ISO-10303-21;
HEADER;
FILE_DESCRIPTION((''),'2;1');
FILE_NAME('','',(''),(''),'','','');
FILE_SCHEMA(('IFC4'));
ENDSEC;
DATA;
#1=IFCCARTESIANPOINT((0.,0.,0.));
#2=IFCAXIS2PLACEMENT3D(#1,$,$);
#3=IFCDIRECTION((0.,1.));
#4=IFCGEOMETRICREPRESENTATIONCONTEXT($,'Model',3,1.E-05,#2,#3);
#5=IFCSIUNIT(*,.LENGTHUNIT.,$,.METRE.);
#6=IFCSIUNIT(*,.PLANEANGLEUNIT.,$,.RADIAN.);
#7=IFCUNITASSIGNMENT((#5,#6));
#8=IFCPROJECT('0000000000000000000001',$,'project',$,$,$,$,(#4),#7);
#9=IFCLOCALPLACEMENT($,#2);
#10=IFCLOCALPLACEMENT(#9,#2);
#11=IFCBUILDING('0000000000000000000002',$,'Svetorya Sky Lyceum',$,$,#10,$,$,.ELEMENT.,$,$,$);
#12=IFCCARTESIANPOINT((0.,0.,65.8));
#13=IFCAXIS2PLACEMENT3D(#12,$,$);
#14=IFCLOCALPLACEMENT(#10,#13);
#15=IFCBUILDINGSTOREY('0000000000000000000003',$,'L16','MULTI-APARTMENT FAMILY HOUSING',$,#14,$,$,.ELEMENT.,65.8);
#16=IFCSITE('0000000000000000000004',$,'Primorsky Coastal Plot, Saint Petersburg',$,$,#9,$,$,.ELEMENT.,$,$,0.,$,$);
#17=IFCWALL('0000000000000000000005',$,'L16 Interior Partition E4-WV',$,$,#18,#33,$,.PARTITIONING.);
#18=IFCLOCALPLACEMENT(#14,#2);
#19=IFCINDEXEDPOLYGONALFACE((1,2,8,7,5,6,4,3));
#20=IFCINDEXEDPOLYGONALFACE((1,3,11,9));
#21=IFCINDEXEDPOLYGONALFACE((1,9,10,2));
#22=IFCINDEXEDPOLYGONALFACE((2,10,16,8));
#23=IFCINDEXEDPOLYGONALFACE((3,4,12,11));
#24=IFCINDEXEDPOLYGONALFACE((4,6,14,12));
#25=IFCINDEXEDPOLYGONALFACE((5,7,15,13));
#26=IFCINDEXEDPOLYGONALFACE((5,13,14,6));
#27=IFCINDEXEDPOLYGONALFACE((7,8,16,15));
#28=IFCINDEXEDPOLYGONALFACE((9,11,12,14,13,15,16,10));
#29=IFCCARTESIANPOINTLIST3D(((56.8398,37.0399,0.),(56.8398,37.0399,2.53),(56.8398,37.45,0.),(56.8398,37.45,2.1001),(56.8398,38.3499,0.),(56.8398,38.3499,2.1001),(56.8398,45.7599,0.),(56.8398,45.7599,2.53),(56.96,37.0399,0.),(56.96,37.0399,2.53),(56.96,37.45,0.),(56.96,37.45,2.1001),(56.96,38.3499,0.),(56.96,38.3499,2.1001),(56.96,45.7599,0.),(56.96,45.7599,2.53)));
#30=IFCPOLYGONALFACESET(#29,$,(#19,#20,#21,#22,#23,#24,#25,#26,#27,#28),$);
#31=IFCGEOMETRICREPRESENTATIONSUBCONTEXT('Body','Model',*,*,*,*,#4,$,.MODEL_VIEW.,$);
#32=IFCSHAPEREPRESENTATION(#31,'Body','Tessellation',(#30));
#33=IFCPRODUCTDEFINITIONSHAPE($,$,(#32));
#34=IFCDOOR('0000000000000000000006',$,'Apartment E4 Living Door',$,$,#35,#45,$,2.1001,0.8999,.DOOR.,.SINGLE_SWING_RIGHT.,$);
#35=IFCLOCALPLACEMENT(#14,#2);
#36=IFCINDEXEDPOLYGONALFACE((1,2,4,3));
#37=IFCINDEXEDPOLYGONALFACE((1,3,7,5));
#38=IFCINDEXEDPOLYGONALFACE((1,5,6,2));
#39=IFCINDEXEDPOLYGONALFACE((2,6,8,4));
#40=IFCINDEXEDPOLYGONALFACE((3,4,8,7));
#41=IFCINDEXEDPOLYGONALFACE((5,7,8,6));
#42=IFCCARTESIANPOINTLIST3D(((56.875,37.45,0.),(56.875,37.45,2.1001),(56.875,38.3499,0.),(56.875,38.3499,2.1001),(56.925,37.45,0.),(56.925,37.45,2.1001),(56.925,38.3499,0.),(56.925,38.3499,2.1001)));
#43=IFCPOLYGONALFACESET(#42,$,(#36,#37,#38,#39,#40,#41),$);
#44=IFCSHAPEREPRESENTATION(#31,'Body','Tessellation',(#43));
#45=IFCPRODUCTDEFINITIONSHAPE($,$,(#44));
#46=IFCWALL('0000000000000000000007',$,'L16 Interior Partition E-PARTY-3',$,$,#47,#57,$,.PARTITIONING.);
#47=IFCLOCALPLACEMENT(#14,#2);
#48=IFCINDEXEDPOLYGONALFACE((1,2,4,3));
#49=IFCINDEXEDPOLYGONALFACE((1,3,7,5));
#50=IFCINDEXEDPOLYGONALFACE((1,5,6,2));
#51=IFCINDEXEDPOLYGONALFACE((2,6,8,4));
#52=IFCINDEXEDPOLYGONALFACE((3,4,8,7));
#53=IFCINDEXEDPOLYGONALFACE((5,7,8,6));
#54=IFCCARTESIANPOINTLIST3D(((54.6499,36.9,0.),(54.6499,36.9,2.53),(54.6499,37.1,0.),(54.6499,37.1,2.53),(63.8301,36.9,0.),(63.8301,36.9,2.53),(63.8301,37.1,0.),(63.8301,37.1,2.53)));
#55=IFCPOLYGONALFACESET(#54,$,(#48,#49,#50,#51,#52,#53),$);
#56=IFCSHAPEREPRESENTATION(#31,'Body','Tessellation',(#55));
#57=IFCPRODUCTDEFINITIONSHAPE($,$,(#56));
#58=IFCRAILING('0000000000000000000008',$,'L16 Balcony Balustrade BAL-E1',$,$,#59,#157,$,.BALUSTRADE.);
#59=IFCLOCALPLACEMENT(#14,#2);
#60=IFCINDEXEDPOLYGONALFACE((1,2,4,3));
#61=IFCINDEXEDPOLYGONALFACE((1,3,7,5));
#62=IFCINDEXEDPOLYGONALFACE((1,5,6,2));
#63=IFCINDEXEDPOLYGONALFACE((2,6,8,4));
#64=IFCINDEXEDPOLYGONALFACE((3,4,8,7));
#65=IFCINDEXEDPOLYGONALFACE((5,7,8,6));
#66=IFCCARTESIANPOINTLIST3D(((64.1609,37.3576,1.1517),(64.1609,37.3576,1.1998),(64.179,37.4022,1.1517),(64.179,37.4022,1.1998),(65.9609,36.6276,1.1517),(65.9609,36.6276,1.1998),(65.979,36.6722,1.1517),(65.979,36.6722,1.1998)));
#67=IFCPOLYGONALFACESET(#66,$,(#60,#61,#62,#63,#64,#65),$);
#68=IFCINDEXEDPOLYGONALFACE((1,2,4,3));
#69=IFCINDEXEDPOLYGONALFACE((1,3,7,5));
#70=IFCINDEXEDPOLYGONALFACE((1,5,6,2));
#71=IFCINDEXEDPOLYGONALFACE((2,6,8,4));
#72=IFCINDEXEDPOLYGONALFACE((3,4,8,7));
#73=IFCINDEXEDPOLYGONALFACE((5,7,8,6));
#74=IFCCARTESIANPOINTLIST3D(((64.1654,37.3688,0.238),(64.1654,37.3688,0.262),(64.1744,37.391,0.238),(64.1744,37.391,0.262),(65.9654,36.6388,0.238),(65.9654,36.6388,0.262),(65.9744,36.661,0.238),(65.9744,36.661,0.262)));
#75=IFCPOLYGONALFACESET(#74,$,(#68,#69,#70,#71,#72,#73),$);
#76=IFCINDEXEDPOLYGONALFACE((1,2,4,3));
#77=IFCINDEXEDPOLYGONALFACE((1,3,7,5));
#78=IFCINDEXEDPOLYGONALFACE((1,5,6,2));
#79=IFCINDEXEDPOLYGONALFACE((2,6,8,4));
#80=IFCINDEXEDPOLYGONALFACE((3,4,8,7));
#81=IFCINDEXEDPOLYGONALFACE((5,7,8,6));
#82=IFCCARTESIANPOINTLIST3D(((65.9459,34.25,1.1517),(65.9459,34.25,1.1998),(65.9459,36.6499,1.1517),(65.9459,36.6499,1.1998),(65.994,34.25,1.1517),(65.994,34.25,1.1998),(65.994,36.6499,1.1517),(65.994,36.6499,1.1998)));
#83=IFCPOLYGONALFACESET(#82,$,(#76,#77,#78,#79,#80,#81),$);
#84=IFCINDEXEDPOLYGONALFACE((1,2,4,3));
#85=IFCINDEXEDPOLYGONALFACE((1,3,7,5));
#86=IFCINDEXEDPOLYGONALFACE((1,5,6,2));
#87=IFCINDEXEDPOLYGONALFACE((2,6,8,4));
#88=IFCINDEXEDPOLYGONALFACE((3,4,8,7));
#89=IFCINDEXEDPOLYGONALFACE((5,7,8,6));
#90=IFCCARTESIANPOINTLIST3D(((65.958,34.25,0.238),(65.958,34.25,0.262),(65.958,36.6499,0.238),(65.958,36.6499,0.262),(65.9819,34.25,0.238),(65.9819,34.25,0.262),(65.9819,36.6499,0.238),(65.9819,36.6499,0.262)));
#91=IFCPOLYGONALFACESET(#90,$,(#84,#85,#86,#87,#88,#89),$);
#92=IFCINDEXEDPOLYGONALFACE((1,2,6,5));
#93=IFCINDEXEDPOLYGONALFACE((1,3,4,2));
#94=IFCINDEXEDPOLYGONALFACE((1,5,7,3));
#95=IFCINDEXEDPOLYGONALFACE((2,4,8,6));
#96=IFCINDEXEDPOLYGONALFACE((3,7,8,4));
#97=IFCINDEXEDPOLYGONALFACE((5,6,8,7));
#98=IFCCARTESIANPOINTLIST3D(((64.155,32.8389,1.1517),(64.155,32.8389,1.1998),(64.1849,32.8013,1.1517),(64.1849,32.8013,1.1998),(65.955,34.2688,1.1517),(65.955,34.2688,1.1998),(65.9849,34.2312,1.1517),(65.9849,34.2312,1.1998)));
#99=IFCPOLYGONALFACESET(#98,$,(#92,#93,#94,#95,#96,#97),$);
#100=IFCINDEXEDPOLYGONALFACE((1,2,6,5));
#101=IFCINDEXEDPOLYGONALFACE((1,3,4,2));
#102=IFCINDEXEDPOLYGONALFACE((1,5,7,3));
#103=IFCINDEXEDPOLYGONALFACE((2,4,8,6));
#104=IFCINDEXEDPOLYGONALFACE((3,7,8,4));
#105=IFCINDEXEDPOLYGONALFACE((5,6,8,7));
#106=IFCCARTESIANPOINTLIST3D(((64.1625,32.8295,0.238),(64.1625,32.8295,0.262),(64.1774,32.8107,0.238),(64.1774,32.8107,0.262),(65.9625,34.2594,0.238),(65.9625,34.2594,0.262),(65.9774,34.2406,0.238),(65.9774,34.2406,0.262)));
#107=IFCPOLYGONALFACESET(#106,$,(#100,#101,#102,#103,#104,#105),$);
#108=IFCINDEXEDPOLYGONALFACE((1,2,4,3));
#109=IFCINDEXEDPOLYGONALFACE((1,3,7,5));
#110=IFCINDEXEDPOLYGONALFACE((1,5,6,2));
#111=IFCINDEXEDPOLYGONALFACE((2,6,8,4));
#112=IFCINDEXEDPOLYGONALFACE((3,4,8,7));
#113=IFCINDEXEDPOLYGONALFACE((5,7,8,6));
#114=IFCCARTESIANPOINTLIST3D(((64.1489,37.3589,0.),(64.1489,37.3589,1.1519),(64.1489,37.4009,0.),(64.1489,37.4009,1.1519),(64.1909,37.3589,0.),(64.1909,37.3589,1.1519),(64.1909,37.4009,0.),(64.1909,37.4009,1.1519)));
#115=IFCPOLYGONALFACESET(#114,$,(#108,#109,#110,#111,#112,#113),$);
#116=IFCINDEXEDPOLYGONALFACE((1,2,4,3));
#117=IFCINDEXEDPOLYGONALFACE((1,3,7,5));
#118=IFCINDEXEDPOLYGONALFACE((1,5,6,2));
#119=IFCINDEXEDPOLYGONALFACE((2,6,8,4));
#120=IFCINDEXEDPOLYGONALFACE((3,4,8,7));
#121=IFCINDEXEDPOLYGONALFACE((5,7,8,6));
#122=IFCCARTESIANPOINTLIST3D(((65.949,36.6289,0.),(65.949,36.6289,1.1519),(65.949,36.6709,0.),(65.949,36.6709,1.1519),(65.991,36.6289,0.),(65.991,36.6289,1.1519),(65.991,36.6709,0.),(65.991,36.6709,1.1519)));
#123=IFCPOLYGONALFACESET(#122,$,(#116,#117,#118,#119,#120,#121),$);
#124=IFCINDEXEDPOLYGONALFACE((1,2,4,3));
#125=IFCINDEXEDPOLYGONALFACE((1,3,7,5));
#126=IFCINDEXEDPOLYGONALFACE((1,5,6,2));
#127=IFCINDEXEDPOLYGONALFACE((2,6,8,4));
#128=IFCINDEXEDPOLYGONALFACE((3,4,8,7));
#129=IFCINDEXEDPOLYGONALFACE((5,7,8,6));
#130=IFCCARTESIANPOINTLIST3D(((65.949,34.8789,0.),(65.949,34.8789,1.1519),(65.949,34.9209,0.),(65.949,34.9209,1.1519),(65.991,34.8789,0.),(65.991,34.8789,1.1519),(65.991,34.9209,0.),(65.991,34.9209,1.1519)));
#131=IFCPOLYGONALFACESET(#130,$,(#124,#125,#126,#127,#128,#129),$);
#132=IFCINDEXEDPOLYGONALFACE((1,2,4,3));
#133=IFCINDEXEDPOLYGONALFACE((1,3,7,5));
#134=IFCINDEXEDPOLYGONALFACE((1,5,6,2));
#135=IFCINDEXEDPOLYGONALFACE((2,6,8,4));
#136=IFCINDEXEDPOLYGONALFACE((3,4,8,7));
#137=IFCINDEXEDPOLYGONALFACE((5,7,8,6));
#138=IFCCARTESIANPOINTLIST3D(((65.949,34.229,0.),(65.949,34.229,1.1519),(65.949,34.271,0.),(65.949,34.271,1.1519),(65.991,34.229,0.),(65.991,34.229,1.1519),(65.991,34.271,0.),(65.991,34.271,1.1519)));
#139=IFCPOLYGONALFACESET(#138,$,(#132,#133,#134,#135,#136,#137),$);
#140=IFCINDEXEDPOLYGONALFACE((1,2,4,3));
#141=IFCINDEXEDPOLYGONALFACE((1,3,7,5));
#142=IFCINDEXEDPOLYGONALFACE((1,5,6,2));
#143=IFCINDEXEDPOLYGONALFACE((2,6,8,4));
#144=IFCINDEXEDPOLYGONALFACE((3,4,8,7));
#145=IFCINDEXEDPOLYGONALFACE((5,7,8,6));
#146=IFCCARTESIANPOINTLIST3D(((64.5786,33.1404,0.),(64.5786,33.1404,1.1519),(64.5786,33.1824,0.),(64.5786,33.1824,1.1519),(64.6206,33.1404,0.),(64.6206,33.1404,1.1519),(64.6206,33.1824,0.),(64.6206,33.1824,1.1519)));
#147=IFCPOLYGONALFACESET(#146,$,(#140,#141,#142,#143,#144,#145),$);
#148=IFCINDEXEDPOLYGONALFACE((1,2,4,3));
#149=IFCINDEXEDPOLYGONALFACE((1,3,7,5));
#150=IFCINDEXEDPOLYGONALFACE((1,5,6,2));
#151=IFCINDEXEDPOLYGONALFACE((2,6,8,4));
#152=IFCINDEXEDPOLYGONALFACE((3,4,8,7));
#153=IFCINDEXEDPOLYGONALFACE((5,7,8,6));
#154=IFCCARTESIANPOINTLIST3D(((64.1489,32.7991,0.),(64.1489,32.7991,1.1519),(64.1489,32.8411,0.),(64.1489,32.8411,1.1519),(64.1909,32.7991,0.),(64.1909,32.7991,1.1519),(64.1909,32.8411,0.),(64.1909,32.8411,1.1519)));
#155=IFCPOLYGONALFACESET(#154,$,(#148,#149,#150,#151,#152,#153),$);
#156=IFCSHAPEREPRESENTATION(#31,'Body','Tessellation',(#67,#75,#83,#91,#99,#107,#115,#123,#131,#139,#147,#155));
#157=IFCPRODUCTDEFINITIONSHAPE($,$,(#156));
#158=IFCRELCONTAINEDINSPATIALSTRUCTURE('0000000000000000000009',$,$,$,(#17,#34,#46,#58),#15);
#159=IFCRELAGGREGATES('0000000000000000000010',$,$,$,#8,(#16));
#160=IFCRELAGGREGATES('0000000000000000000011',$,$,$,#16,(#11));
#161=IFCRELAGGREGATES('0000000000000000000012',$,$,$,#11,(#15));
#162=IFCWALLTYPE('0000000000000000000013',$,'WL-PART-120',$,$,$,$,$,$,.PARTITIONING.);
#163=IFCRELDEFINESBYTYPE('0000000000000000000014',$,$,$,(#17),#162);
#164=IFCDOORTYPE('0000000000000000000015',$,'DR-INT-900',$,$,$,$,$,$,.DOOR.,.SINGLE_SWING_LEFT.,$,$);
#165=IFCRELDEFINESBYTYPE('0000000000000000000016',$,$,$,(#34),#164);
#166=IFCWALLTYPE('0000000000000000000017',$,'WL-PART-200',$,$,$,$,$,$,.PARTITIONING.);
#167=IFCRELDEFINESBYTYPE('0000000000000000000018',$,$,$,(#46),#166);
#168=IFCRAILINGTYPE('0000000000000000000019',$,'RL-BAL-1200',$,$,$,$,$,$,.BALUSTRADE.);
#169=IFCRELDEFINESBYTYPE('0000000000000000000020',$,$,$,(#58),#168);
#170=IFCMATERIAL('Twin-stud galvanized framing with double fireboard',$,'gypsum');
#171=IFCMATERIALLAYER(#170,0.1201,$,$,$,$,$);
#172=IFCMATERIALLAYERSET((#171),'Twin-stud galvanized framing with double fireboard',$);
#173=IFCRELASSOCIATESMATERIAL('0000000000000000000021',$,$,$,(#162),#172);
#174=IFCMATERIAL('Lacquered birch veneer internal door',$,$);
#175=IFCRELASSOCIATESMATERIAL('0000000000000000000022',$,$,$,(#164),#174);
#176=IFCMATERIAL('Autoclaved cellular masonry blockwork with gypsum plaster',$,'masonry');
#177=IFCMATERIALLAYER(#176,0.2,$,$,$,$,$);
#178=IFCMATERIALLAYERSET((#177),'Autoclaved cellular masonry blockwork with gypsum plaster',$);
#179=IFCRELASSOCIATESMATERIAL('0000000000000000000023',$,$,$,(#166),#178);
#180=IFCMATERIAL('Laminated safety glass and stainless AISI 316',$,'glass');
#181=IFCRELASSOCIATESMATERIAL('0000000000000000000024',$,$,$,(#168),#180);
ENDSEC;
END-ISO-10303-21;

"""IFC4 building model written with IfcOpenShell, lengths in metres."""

from ifc_helpers import new_model, si_unit, direction, frame, frame_2d, origin, origin_2d, place, context, subcontext, project, spatial, rectangle, extrude, material, layer, layer_set, type_object, element, fill, save


model = new_model("IFC4")

# Units and contexts
model_context = context("Model", 3, precision=1e-05, world=origin(), true_north=direction((0.0, 1.0)))
body_context = subcontext(model_context, "Body", "Model", "MODEL_VIEW")
ifc_project = project(units=[si_unit("LENGTHUNIT", "METRE"), si_unit("PLANEANGLEUNIT", "RADIAN")], contexts=[model_context])

# Site, building, storey
site_placement = place(None, origin())
site = spatial("IfcSite", under=ifc_project, at=site_placement, Name="Primorsky Coastal Plot, Saint Petersburg", CompositionType="ELEMENT", RefElevation=0.0)
building_placement = place(site_placement, origin())
building = spatial("IfcBuilding", under=site, at=building_placement, Name="Svetorya Sky Lyceum", CompositionType="ELEMENT")
storey_placement = place(building_placement, frame((0.0, 0.0, 65.8)))
storey = spatial("IfcBuildingStorey", under=building, at=storey_placement, Name="L16", Description="MULTI-APARTMENT FAMILY HOUSING", CompositionType="ELEMENT", Elevation=65.8)

# Wall, opening, door
ifc_material_1 = material(Name="Twin-stud galvanized framing with double fireboard", Category="gypsum")
ifc_layer_1 = layer(ifc_material_1, 0.1201)
ifc_layer_set_1 = layer_set([ifc_layer_1], Name="Twin-stud galvanized framing with double fireboard")
wall_type_1 = type_object("IfcWallType", Name="WL-PART-120", PredefinedType="PARTITIONING", material=ifc_layer_set_1)
ifc_material_2 = material(Name="Lacquered birch veneer internal door")
door_type_1 = type_object("IfcDoorType", Name="DR-INT-900", OperationType="SINGLE_SWING_LEFT", PredefinedType="DOOR", material=ifc_material_2)
wall_1_placement = place(storey_placement, frame((56.8999, 37.04, 0.0), z_axis=(0.0, 0.0, 1.0), x_axis=(0.0, 1.0, 0.0)))
wall_1 = element("IfcWall", 1, at=wall_1_placement, inside=storey, type_object=wall_type_1, Name="L16 Interior Partition E4-WV", PredefinedType="PARTITIONING", context=body_context, shape_type="SweptSolid", body=[
    extrude(rectangle(XDim=8.72, YDim=0.1201, at=frame_2d((4.3599, 0.0))), origin(), (0.0, 0.0, 1.0), 2.53),
])
opening_1_placement = place(wall_1_placement, frame((0.4099, 0.0, 0.0)))
opening_1 = element("IfcOpeningElement", 2, at=opening_1_placement, cuts=wall_1, PredefinedType="OPENING", context=body_context, shape_type="SweptSolid", body=[
    extrude(rectangle(XDim=0.8999, YDim=2.1001, at=frame_2d((0.45, 1.05))), frame((0.0, 0.0701, 0.0), z_axis=(0.0, -1.0, 0.0), x_axis=(1.0, 0.0, 0.0)), (0.0, 0.0, 1.0), 0.1401),
])
door_1_placement = place(opening_1_placement, origin())
door_1 = element("IfcDoor", 3, at=door_1_placement, inside=storey, type_object=door_type_1, Name="Apartment E4 Living Door", OperationType="SINGLE_SWING_RIGHT", OverallHeight=2.1001, OverallWidth=0.8999, PredefinedType="DOOR", context=body_context, shape_type="SweptSolid", body=[
    extrude(rectangle(XDim=0.8999, YDim=2.1001, at=frame_2d((0.45, 1.05))), frame((0.0, 0.0249, 0.0), z_axis=(0.0, -1.0, 0.0), x_axis=(1.0, 0.0, 0.0)), (0.0, 0.0, 1.0), 0.05),
])
fill(opening_1, door_1)

# Wall
ifc_material_3 = material(Name="Autoclaved cellular masonry blockwork with gypsum plaster", Category="masonry")
ifc_layer_2 = layer(ifc_material_3, 0.2)
ifc_layer_set_2 = layer_set([ifc_layer_2], Name="Autoclaved cellular masonry blockwork with gypsum plaster")
wall_type_2 = type_object("IfcWallType", Name="WL-PART-200", PredefinedType="PARTITIONING", material=ifc_layer_set_2)
wall_2_placement = place(storey_placement, frame((54.6499, 37.0, 0.0), z_axis=(0.0, 0.0, 1.0), x_axis=(1.0, 0.0, 0.0)))
element("IfcWall", 4, at=wall_2_placement, inside=storey, type_object=wall_type_2, Name="L16 Interior Partition E-PARTY-3", PredefinedType="PARTITIONING", context=body_context, shape_type="SweptSolid", body=[
    extrude(rectangle(XDim=9.1802, YDim=0.2, at=frame_2d((4.5901, 0.0))), origin(), (0.0, 0.0, 1.0), 2.53),
])

# Railing
ifc_material_4 = material(Name="Laminated safety glass and stainless AISI 316", Category="glass")
railing_type = type_object("IfcRailingType", Name="RL-BAL-1200", PredefinedType="BALUSTRADE", material=ifc_material_4)
railing_placement = place(storey_placement, frame((64.1699, 37.3799, 0.0)))
element("IfcRailing", 5, at=railing_placement, inside=storey, type_object=railing_type, Name="L16 Balcony Balustrade BAL-E1", PredefinedType="BALUSTRADE", context=body_context, shape_type="SweptSolid", body=[
    extrude(rectangle(XDim=0.0481, YDim=0.0481, at=origin_2d()), frame((0.0, 0.0, 1.1758), z_axis=(0.926698, -0.375807, 0.0), x_axis=(0.375807, 0.926698, 0.0)), (0.0, 0.0, 1.0), 1.9424),
    extrude(rectangle(XDim=0.0239, YDim=0.0239, at=origin_2d()), frame((0.0, 0.0, 0.25), z_axis=(0.926698, -0.375807, 0.0), x_axis=(0.375807, 0.926698, 0.0)), (0.0, 0.0, 1.0), 1.9424),
    extrude(rectangle(XDim=0.0481, YDim=0.0481, at=origin_2d()), frame((1.8, -0.73, 1.1758), z_axis=(0.0, -1.0, 0.0), x_axis=(1.0, 0.0, 0.0)), (0.0, 0.0, 1.0), 2.3999),
    extrude(rectangle(XDim=0.0239, YDim=0.0239, at=origin_2d()), frame((1.8, -0.73, 0.25), z_axis=(0.0, -1.0, 0.0), x_axis=(1.0, 0.0, 0.0)), (0.0, 0.0, 1.0), 2.3999),
    extrude(rectangle(XDim=0.0481, YDim=0.0481, at=origin_2d()), frame((1.8, -3.1299, 1.1758), z_axis=(-0.783009, -0.62201, 0.0), x_axis=(0.62201, -0.783009, 0.0)), (0.0, 0.0, 1.0), 2.2988),
    extrude(rectangle(XDim=0.0239, YDim=0.0239, at=origin_2d()), frame((1.8, -3.1299, 0.25), z_axis=(-0.783009, -0.62201, 0.0), x_axis=(0.62201, -0.783009, 0.0)), (0.0, 0.0, 1.0), 2.2988),
    extrude(rectangle(XDim=0.042, YDim=0.042, at=origin_2d()), origin(), (0.0, 0.0, 1.0), 1.1519),
    extrude(rectangle(XDim=0.042, YDim=0.042, at=origin_2d()), frame((1.8, -0.73, 0.0)), (0.0, 0.0, 1.0), 1.1519),
    extrude(rectangle(XDim=0.042, YDim=0.042, at=origin_2d()), frame((1.8, -2.48, 0.0)), (0.0, 0.0, 1.0), 1.1519),
    extrude(rectangle(XDim=0.042, YDim=0.042, at=origin_2d()), frame((1.8, -3.1299, 0.0)), (0.0, 0.0, 1.0), 1.1519),
    extrude(rectangle(XDim=0.042, YDim=0.042, at=origin_2d()), frame((0.4297, -4.2185, 0.0)), (0.0, 0.0, 1.0), 1.1519),
    extrude(rectangle(XDim=0.042, YDim=0.042, at=origin_2d()), frame((0.0, -4.5598, 0.0)), (0.0, 0.0, 1.0), 1.1519),
])

save(model, "model.ifc")
